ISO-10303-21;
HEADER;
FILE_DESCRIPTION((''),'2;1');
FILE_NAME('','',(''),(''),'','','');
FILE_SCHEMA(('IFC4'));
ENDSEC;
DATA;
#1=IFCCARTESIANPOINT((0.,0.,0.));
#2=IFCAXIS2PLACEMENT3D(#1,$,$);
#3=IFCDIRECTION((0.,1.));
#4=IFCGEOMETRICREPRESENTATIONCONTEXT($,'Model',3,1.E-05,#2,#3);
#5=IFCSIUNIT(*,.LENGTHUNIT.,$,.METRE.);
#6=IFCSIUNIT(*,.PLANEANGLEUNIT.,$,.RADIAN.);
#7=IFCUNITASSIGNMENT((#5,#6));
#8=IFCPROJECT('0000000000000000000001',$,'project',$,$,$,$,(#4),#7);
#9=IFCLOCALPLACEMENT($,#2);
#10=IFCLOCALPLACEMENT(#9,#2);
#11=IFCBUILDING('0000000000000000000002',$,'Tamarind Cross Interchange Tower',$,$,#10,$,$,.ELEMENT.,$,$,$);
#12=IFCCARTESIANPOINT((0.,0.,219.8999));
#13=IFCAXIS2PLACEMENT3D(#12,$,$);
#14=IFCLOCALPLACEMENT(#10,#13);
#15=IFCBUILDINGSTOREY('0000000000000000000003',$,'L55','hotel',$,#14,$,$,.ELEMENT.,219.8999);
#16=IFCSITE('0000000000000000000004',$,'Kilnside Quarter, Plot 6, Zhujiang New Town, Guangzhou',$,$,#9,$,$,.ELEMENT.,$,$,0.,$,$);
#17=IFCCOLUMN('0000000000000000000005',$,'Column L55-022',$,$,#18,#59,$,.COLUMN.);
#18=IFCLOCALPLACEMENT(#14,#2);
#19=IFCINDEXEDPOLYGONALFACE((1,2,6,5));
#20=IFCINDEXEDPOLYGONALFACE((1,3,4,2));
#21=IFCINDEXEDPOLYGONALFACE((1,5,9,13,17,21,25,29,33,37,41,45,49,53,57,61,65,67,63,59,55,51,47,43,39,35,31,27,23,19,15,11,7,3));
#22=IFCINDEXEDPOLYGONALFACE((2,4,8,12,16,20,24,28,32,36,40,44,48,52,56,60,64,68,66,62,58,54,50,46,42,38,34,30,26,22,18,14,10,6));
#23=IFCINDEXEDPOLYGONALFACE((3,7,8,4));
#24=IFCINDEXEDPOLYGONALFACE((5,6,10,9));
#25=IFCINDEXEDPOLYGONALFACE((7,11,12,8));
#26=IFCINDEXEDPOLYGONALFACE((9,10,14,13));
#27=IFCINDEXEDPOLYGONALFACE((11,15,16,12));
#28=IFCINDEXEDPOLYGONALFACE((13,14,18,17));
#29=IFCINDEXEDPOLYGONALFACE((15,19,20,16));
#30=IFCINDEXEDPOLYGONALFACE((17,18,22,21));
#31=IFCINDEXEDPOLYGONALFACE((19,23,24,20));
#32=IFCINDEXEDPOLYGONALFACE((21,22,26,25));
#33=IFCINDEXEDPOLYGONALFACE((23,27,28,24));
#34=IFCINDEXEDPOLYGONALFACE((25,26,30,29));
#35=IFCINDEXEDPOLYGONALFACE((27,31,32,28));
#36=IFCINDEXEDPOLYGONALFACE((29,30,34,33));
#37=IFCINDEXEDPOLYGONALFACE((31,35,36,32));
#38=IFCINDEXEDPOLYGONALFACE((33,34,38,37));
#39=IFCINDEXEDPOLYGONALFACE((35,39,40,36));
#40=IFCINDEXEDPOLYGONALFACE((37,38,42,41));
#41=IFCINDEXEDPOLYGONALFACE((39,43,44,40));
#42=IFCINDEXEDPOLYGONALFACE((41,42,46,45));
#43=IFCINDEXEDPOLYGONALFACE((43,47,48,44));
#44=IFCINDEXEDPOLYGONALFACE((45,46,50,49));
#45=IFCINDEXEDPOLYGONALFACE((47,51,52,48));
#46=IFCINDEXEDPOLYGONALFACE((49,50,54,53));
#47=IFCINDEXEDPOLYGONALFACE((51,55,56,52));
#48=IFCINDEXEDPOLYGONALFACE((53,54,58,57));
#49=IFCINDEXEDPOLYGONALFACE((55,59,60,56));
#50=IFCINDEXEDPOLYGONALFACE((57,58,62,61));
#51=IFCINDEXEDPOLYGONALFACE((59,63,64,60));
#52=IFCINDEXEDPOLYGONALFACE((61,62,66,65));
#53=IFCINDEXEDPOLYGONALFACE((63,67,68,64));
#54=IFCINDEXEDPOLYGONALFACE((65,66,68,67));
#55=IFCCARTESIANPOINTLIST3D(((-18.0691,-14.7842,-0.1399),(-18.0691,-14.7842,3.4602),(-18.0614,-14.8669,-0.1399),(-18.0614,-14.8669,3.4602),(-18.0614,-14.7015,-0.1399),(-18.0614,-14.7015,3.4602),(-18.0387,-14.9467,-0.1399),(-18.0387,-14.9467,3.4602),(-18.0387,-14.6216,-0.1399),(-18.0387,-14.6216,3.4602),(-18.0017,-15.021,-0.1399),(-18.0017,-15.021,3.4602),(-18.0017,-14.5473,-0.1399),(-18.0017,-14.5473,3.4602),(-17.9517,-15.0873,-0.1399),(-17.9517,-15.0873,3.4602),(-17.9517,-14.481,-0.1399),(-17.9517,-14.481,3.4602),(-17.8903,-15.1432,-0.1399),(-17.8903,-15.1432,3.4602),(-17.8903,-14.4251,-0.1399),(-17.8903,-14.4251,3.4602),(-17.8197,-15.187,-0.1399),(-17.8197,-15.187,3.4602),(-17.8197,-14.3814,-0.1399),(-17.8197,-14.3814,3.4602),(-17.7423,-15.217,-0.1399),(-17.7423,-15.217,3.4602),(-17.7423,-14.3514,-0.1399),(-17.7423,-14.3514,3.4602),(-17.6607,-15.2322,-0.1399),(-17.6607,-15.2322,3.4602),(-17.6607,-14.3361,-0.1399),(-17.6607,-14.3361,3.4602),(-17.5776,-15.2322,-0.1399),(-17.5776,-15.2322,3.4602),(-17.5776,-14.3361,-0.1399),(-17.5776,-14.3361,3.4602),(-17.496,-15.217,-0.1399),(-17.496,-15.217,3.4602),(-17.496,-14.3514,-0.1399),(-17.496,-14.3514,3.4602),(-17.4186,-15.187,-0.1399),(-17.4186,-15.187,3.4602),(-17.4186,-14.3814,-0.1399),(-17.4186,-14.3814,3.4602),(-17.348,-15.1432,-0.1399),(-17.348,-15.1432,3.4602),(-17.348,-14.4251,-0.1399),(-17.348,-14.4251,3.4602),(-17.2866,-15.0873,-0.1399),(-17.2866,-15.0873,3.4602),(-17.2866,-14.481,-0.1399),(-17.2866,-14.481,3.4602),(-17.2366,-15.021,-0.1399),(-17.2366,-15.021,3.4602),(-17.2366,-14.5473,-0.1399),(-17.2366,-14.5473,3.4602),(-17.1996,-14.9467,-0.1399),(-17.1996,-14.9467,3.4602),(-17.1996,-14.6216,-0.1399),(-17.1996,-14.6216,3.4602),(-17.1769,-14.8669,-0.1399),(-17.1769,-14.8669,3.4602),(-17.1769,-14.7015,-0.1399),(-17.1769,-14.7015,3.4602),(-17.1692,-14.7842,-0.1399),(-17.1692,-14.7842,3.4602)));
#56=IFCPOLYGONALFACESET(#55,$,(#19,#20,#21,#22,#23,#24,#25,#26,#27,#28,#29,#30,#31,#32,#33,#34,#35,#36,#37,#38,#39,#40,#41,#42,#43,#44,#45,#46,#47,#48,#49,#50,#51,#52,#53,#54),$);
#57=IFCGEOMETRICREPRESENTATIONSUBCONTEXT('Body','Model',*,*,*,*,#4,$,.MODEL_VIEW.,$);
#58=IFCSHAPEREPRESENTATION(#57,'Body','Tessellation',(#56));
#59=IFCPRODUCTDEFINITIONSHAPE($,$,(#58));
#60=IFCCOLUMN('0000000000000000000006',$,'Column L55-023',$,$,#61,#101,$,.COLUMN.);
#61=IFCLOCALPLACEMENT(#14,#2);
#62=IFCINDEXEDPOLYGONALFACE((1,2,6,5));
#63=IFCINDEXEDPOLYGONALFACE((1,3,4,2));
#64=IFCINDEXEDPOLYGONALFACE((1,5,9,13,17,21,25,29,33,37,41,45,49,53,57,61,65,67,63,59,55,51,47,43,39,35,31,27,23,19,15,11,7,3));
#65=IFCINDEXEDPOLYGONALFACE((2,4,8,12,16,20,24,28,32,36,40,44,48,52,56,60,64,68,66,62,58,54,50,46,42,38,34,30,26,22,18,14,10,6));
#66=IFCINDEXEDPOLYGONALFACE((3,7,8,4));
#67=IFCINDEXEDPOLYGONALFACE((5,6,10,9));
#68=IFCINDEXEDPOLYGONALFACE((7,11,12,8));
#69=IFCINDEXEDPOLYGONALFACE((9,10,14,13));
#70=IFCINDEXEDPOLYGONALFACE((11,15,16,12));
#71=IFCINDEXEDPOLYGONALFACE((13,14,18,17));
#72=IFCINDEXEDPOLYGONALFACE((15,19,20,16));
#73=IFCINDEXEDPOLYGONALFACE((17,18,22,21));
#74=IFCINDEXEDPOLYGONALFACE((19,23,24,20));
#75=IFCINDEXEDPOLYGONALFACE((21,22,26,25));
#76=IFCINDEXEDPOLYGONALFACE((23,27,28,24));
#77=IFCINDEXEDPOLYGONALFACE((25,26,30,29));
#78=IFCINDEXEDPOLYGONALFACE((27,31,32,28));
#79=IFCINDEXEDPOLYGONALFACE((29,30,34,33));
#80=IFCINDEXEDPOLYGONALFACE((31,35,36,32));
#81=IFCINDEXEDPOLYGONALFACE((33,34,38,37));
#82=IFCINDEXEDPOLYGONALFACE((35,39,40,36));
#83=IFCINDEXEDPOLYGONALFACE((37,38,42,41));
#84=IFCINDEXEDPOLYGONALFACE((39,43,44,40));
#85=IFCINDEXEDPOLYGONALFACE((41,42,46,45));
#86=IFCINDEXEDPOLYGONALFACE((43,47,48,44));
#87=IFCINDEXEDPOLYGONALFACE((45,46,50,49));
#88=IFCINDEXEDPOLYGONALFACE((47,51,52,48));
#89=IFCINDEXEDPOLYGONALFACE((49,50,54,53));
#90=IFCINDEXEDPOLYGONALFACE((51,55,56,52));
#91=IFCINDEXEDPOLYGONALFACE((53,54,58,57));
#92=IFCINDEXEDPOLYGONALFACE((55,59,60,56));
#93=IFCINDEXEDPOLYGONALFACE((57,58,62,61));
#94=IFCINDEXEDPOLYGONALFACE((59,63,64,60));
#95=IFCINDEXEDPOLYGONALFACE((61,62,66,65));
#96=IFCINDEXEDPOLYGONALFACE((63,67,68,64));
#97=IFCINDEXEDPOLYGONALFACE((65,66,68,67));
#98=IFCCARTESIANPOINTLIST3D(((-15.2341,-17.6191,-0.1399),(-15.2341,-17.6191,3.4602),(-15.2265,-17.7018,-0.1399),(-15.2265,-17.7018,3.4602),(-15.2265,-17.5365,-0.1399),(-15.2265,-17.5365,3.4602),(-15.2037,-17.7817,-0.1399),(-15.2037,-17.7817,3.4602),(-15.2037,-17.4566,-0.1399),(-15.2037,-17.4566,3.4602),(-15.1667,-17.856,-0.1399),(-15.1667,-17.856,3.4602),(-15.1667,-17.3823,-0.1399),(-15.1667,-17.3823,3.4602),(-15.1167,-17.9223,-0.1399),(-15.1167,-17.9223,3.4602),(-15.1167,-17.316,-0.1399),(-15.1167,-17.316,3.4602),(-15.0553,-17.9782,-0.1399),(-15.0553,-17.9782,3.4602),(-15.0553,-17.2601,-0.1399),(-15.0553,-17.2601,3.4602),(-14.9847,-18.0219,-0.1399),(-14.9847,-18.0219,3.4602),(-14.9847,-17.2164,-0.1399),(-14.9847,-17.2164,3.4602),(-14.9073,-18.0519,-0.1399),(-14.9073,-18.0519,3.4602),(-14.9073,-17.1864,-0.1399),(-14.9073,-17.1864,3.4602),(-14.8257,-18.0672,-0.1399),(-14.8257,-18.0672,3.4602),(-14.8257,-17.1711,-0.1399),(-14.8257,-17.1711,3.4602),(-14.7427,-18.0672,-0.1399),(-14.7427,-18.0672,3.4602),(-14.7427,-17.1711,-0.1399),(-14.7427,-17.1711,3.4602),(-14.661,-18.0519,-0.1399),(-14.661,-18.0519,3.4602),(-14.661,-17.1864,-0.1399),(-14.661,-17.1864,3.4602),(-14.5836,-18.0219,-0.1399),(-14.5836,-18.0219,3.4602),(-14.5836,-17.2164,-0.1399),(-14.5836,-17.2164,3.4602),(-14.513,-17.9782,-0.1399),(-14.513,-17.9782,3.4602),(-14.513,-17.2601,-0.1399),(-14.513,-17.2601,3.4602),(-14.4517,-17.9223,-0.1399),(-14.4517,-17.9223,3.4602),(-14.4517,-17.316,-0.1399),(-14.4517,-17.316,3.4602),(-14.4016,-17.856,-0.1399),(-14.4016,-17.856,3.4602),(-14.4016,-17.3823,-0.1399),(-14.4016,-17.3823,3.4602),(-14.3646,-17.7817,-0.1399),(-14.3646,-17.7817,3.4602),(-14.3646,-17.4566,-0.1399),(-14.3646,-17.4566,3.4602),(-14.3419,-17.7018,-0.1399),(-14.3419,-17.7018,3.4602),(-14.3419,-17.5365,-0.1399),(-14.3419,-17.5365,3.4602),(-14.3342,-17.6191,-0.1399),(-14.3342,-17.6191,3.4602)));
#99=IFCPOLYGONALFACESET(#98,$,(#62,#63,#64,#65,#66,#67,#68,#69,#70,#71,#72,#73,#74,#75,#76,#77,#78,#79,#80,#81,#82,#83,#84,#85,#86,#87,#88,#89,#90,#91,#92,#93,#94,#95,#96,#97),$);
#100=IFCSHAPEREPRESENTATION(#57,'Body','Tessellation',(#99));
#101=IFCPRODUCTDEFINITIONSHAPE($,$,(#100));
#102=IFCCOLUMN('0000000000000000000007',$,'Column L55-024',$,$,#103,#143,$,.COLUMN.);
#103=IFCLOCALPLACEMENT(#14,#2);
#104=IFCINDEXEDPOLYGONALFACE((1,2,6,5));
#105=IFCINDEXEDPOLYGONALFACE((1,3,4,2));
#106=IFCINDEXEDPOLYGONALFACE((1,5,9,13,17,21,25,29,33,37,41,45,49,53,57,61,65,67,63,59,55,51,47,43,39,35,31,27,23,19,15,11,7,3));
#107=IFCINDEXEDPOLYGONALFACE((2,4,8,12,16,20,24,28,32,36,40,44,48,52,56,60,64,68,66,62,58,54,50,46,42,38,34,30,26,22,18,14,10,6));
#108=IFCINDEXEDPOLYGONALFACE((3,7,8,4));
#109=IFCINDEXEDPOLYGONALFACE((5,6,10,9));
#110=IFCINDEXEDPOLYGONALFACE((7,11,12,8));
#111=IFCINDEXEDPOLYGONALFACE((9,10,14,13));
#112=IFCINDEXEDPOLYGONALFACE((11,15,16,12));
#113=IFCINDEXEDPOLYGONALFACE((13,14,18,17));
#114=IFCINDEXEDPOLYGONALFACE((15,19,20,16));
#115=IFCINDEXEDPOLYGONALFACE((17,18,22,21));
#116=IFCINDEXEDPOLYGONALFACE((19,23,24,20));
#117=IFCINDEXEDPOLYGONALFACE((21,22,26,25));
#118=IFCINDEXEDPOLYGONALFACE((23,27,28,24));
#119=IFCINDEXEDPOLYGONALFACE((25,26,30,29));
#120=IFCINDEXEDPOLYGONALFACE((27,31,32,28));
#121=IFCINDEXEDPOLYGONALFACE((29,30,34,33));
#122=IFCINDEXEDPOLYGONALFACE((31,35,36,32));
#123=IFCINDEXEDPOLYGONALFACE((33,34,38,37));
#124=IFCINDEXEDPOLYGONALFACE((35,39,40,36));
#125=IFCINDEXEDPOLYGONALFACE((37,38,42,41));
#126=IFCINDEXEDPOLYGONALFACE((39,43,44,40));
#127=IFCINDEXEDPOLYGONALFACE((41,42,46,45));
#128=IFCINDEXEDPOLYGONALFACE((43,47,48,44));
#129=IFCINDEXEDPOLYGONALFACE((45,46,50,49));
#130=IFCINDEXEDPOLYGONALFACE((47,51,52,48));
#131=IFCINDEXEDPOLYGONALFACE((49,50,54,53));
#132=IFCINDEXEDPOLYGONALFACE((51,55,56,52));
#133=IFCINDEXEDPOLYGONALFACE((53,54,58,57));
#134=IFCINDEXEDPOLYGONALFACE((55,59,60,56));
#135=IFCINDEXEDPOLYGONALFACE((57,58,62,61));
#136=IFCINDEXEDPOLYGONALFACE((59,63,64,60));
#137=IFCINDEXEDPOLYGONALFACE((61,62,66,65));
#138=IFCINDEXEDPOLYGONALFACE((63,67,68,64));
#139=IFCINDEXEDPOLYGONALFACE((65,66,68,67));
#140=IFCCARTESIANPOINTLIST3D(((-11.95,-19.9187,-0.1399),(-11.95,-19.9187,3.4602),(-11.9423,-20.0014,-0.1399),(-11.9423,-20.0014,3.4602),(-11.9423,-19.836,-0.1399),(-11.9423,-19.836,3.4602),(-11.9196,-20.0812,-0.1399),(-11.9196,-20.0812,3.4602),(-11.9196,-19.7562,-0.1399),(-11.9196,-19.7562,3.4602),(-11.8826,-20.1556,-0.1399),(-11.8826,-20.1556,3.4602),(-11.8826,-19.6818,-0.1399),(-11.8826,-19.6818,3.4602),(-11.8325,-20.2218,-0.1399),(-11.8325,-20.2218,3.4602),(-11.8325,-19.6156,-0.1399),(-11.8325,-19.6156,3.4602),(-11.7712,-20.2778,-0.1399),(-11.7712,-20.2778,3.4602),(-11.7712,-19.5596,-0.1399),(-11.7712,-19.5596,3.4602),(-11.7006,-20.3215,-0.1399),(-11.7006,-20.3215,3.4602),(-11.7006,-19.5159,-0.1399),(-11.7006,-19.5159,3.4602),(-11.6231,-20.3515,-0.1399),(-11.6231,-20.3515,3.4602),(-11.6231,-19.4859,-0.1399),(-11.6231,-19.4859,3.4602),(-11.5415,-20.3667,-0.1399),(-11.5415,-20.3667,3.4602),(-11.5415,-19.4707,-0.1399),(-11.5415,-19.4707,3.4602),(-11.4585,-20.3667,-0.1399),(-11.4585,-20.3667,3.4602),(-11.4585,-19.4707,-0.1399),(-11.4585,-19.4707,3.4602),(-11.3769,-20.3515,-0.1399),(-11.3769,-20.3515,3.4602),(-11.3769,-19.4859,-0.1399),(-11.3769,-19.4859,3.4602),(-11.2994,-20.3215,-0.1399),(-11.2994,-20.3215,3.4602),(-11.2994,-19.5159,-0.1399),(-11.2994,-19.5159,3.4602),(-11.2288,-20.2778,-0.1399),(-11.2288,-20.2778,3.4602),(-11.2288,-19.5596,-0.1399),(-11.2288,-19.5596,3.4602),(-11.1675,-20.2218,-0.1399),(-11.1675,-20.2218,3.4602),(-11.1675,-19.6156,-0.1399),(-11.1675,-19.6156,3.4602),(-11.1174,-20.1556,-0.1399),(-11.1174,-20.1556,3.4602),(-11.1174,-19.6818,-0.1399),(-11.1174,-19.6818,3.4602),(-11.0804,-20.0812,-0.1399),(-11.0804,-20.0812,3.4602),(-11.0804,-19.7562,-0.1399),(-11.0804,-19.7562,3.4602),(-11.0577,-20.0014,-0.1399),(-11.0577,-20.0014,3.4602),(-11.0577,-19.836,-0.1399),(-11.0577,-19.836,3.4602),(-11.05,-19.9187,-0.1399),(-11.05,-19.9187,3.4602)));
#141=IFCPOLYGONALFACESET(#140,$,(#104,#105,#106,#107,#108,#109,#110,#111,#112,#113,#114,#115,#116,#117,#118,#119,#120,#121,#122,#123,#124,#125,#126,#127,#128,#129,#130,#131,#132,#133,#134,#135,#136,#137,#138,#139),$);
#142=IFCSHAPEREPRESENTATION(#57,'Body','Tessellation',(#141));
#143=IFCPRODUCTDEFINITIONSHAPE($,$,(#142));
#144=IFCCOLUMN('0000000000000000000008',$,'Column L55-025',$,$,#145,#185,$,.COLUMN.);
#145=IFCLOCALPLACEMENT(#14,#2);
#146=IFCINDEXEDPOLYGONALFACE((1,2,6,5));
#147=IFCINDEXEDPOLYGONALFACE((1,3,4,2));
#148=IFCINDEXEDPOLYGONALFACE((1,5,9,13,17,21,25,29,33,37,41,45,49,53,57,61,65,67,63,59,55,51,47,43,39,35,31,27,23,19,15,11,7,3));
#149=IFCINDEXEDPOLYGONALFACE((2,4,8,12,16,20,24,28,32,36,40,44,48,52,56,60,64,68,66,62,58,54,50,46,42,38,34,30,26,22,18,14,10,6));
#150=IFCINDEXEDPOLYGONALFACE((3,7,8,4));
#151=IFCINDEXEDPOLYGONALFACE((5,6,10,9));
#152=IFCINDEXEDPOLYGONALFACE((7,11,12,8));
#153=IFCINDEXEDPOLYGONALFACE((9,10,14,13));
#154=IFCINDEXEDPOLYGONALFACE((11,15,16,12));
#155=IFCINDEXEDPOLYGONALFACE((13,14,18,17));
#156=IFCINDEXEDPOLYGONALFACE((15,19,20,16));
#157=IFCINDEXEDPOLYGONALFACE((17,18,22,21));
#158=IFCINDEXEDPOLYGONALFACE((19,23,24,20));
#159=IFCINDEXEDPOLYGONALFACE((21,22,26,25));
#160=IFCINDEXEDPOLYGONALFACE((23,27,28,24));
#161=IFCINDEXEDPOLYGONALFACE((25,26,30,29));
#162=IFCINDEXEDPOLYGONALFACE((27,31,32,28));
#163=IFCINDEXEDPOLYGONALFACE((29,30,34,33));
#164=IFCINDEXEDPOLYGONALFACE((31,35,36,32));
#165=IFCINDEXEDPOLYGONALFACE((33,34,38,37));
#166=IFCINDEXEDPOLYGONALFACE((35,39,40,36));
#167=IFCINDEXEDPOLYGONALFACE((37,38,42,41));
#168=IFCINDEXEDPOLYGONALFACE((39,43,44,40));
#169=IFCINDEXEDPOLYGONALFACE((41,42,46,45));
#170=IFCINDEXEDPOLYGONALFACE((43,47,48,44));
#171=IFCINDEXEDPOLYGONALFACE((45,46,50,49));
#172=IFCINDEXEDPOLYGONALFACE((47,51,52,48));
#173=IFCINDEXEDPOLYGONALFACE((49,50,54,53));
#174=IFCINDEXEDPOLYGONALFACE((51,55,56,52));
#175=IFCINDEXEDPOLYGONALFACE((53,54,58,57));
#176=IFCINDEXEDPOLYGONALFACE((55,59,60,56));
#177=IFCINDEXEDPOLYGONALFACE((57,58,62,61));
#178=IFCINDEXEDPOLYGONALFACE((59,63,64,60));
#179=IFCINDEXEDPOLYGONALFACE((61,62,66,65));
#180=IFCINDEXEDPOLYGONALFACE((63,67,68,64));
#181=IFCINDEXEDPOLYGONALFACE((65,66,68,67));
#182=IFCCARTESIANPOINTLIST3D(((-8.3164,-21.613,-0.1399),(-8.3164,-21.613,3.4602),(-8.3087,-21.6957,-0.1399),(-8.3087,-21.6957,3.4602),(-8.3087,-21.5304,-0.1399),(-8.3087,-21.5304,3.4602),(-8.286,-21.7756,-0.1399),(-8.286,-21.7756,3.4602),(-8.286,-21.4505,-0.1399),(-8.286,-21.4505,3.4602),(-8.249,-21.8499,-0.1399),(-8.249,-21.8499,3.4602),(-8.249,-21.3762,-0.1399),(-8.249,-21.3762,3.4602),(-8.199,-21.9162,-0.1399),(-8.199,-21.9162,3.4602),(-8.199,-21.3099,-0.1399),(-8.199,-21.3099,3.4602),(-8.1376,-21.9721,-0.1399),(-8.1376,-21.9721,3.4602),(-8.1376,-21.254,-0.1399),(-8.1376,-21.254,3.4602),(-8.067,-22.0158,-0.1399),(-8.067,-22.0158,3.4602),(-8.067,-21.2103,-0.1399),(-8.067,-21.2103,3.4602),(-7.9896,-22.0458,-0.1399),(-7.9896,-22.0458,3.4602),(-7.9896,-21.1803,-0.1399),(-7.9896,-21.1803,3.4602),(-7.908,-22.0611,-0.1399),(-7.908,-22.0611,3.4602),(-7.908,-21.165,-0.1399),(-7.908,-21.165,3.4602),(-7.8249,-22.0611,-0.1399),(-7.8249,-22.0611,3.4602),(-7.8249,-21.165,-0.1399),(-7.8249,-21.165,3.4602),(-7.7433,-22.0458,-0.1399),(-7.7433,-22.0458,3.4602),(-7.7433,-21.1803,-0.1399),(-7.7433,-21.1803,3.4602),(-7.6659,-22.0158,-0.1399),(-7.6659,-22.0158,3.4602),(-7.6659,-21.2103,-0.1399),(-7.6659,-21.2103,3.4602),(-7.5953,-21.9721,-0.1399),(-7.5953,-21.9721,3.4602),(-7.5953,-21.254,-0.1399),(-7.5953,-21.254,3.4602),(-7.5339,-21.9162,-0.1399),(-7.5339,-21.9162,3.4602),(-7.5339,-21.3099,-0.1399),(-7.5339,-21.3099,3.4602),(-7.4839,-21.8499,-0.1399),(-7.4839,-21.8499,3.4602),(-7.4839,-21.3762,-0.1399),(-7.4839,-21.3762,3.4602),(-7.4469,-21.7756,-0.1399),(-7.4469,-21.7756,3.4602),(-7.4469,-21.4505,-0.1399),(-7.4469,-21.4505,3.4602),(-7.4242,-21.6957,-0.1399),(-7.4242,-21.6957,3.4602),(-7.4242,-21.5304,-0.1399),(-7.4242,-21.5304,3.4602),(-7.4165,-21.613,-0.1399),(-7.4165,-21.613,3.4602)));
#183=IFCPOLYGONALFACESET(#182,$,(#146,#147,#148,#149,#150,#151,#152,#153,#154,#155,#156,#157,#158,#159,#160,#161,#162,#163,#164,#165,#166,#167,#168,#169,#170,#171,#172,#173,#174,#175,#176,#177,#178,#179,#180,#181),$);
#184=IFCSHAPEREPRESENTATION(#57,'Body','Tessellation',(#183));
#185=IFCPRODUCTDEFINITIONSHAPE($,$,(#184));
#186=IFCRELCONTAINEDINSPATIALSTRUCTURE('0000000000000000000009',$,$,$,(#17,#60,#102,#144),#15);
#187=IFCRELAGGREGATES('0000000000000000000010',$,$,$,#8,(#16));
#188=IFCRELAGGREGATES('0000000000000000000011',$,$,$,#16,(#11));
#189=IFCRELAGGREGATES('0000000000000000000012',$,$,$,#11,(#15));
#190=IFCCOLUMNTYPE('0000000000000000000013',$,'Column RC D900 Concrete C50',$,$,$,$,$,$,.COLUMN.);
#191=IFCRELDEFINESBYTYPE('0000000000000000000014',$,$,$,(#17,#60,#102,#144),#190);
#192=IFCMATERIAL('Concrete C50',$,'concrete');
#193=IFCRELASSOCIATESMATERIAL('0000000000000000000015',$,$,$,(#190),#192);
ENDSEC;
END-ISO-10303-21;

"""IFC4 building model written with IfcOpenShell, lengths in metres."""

from ifc_helpers import new_model, si_unit, direction, frame, origin, origin_2d, place, context, subcontext, project, spatial, circle, extrude, material, material_profile, profile_set, type_object, element, save


model = new_model("IFC4")

# Units and contexts
model_context = context("Model", 3, precision=1e-05, world=origin(), true_north=direction((0.0, 1.0)))
body_context = subcontext(model_context, "Body", "Model", "MODEL_VIEW")
ifc_project = project(units=[si_unit("LENGTHUNIT", "METRE"), si_unit("PLANEANGLEUNIT", "RADIAN")], contexts=[model_context])

# Site, building, storey
site_placement = place(None, origin())
site = spatial("IfcSite", under=ifc_project, at=site_placement, Name="Kilnside Quarter, Plot 6, Zhujiang New Town, Guangzhou", CompositionType="ELEMENT", RefElevation=0.0)
building_placement = place(site_placement, origin())
building = spatial("IfcBuilding", under=site, at=building_placement, Name="Tamarind Cross Interchange Tower", CompositionType="ELEMENT")
storey_placement = place(building_placement, frame((0.0, 0.0, 219.8999)))
storey = spatial("IfcBuildingStorey", under=building, at=storey_placement, Name="L55", Description="hotel", CompositionType="ELEMENT", Elevation=219.8999)

# Columns
ifc_material_1 = material(Name="Concrete C50", Category="concrete")
ifc_material_profile_1 = material_profile(ifc_material_1, circle(Radius=0.45, at=origin_2d()), Name="RC D900")
ifc_profile_set_1 = profile_set([ifc_material_profile_1], Name="Concrete C50")
column_type = type_object("IfcColumnType", Name="Column RC D900 Concrete C50", PredefinedType="COLUMN", material=ifc_profile_set_1)
for number, where, z_axis, x_axis, name in (
    (1, (-17.6191, -14.7842, -0.1399), (0.0, 0.0, 1.0), (1.0, 0.0, 0.0), "Column L55-022"),
    (2, (-14.7842, -17.6191, -0.1399), (0.0, 0.0, 1.0), (1.0, 0.0, 0.0), "Column L55-023"),
    (3, (-11.5, -19.9187, -0.1399), (0.0, 0.0, 1.0), (1.0, 0.0, 0.0), "Column L55-024"),
    (4, (-7.8665, -21.613, -0.1399), (0.0, 0.0, 1.0), (1.0, 0.0, 0.0), "Column L55-025"),
):
    element("IfcColumn", number, at=place(storey_placement, frame(where, z_axis=z_axis, x_axis=x_axis)), inside=storey, type_object=column_type, Name=name, PredefinedType="COLUMN", context=body_context, shape_type="SweptSolid", body=[
        extrude(circle(Radius=0.45, at=origin_2d()), origin(), (0.0, 0.0, 1.0), 3.6001),
    ])

save(model, "model.ifc")
